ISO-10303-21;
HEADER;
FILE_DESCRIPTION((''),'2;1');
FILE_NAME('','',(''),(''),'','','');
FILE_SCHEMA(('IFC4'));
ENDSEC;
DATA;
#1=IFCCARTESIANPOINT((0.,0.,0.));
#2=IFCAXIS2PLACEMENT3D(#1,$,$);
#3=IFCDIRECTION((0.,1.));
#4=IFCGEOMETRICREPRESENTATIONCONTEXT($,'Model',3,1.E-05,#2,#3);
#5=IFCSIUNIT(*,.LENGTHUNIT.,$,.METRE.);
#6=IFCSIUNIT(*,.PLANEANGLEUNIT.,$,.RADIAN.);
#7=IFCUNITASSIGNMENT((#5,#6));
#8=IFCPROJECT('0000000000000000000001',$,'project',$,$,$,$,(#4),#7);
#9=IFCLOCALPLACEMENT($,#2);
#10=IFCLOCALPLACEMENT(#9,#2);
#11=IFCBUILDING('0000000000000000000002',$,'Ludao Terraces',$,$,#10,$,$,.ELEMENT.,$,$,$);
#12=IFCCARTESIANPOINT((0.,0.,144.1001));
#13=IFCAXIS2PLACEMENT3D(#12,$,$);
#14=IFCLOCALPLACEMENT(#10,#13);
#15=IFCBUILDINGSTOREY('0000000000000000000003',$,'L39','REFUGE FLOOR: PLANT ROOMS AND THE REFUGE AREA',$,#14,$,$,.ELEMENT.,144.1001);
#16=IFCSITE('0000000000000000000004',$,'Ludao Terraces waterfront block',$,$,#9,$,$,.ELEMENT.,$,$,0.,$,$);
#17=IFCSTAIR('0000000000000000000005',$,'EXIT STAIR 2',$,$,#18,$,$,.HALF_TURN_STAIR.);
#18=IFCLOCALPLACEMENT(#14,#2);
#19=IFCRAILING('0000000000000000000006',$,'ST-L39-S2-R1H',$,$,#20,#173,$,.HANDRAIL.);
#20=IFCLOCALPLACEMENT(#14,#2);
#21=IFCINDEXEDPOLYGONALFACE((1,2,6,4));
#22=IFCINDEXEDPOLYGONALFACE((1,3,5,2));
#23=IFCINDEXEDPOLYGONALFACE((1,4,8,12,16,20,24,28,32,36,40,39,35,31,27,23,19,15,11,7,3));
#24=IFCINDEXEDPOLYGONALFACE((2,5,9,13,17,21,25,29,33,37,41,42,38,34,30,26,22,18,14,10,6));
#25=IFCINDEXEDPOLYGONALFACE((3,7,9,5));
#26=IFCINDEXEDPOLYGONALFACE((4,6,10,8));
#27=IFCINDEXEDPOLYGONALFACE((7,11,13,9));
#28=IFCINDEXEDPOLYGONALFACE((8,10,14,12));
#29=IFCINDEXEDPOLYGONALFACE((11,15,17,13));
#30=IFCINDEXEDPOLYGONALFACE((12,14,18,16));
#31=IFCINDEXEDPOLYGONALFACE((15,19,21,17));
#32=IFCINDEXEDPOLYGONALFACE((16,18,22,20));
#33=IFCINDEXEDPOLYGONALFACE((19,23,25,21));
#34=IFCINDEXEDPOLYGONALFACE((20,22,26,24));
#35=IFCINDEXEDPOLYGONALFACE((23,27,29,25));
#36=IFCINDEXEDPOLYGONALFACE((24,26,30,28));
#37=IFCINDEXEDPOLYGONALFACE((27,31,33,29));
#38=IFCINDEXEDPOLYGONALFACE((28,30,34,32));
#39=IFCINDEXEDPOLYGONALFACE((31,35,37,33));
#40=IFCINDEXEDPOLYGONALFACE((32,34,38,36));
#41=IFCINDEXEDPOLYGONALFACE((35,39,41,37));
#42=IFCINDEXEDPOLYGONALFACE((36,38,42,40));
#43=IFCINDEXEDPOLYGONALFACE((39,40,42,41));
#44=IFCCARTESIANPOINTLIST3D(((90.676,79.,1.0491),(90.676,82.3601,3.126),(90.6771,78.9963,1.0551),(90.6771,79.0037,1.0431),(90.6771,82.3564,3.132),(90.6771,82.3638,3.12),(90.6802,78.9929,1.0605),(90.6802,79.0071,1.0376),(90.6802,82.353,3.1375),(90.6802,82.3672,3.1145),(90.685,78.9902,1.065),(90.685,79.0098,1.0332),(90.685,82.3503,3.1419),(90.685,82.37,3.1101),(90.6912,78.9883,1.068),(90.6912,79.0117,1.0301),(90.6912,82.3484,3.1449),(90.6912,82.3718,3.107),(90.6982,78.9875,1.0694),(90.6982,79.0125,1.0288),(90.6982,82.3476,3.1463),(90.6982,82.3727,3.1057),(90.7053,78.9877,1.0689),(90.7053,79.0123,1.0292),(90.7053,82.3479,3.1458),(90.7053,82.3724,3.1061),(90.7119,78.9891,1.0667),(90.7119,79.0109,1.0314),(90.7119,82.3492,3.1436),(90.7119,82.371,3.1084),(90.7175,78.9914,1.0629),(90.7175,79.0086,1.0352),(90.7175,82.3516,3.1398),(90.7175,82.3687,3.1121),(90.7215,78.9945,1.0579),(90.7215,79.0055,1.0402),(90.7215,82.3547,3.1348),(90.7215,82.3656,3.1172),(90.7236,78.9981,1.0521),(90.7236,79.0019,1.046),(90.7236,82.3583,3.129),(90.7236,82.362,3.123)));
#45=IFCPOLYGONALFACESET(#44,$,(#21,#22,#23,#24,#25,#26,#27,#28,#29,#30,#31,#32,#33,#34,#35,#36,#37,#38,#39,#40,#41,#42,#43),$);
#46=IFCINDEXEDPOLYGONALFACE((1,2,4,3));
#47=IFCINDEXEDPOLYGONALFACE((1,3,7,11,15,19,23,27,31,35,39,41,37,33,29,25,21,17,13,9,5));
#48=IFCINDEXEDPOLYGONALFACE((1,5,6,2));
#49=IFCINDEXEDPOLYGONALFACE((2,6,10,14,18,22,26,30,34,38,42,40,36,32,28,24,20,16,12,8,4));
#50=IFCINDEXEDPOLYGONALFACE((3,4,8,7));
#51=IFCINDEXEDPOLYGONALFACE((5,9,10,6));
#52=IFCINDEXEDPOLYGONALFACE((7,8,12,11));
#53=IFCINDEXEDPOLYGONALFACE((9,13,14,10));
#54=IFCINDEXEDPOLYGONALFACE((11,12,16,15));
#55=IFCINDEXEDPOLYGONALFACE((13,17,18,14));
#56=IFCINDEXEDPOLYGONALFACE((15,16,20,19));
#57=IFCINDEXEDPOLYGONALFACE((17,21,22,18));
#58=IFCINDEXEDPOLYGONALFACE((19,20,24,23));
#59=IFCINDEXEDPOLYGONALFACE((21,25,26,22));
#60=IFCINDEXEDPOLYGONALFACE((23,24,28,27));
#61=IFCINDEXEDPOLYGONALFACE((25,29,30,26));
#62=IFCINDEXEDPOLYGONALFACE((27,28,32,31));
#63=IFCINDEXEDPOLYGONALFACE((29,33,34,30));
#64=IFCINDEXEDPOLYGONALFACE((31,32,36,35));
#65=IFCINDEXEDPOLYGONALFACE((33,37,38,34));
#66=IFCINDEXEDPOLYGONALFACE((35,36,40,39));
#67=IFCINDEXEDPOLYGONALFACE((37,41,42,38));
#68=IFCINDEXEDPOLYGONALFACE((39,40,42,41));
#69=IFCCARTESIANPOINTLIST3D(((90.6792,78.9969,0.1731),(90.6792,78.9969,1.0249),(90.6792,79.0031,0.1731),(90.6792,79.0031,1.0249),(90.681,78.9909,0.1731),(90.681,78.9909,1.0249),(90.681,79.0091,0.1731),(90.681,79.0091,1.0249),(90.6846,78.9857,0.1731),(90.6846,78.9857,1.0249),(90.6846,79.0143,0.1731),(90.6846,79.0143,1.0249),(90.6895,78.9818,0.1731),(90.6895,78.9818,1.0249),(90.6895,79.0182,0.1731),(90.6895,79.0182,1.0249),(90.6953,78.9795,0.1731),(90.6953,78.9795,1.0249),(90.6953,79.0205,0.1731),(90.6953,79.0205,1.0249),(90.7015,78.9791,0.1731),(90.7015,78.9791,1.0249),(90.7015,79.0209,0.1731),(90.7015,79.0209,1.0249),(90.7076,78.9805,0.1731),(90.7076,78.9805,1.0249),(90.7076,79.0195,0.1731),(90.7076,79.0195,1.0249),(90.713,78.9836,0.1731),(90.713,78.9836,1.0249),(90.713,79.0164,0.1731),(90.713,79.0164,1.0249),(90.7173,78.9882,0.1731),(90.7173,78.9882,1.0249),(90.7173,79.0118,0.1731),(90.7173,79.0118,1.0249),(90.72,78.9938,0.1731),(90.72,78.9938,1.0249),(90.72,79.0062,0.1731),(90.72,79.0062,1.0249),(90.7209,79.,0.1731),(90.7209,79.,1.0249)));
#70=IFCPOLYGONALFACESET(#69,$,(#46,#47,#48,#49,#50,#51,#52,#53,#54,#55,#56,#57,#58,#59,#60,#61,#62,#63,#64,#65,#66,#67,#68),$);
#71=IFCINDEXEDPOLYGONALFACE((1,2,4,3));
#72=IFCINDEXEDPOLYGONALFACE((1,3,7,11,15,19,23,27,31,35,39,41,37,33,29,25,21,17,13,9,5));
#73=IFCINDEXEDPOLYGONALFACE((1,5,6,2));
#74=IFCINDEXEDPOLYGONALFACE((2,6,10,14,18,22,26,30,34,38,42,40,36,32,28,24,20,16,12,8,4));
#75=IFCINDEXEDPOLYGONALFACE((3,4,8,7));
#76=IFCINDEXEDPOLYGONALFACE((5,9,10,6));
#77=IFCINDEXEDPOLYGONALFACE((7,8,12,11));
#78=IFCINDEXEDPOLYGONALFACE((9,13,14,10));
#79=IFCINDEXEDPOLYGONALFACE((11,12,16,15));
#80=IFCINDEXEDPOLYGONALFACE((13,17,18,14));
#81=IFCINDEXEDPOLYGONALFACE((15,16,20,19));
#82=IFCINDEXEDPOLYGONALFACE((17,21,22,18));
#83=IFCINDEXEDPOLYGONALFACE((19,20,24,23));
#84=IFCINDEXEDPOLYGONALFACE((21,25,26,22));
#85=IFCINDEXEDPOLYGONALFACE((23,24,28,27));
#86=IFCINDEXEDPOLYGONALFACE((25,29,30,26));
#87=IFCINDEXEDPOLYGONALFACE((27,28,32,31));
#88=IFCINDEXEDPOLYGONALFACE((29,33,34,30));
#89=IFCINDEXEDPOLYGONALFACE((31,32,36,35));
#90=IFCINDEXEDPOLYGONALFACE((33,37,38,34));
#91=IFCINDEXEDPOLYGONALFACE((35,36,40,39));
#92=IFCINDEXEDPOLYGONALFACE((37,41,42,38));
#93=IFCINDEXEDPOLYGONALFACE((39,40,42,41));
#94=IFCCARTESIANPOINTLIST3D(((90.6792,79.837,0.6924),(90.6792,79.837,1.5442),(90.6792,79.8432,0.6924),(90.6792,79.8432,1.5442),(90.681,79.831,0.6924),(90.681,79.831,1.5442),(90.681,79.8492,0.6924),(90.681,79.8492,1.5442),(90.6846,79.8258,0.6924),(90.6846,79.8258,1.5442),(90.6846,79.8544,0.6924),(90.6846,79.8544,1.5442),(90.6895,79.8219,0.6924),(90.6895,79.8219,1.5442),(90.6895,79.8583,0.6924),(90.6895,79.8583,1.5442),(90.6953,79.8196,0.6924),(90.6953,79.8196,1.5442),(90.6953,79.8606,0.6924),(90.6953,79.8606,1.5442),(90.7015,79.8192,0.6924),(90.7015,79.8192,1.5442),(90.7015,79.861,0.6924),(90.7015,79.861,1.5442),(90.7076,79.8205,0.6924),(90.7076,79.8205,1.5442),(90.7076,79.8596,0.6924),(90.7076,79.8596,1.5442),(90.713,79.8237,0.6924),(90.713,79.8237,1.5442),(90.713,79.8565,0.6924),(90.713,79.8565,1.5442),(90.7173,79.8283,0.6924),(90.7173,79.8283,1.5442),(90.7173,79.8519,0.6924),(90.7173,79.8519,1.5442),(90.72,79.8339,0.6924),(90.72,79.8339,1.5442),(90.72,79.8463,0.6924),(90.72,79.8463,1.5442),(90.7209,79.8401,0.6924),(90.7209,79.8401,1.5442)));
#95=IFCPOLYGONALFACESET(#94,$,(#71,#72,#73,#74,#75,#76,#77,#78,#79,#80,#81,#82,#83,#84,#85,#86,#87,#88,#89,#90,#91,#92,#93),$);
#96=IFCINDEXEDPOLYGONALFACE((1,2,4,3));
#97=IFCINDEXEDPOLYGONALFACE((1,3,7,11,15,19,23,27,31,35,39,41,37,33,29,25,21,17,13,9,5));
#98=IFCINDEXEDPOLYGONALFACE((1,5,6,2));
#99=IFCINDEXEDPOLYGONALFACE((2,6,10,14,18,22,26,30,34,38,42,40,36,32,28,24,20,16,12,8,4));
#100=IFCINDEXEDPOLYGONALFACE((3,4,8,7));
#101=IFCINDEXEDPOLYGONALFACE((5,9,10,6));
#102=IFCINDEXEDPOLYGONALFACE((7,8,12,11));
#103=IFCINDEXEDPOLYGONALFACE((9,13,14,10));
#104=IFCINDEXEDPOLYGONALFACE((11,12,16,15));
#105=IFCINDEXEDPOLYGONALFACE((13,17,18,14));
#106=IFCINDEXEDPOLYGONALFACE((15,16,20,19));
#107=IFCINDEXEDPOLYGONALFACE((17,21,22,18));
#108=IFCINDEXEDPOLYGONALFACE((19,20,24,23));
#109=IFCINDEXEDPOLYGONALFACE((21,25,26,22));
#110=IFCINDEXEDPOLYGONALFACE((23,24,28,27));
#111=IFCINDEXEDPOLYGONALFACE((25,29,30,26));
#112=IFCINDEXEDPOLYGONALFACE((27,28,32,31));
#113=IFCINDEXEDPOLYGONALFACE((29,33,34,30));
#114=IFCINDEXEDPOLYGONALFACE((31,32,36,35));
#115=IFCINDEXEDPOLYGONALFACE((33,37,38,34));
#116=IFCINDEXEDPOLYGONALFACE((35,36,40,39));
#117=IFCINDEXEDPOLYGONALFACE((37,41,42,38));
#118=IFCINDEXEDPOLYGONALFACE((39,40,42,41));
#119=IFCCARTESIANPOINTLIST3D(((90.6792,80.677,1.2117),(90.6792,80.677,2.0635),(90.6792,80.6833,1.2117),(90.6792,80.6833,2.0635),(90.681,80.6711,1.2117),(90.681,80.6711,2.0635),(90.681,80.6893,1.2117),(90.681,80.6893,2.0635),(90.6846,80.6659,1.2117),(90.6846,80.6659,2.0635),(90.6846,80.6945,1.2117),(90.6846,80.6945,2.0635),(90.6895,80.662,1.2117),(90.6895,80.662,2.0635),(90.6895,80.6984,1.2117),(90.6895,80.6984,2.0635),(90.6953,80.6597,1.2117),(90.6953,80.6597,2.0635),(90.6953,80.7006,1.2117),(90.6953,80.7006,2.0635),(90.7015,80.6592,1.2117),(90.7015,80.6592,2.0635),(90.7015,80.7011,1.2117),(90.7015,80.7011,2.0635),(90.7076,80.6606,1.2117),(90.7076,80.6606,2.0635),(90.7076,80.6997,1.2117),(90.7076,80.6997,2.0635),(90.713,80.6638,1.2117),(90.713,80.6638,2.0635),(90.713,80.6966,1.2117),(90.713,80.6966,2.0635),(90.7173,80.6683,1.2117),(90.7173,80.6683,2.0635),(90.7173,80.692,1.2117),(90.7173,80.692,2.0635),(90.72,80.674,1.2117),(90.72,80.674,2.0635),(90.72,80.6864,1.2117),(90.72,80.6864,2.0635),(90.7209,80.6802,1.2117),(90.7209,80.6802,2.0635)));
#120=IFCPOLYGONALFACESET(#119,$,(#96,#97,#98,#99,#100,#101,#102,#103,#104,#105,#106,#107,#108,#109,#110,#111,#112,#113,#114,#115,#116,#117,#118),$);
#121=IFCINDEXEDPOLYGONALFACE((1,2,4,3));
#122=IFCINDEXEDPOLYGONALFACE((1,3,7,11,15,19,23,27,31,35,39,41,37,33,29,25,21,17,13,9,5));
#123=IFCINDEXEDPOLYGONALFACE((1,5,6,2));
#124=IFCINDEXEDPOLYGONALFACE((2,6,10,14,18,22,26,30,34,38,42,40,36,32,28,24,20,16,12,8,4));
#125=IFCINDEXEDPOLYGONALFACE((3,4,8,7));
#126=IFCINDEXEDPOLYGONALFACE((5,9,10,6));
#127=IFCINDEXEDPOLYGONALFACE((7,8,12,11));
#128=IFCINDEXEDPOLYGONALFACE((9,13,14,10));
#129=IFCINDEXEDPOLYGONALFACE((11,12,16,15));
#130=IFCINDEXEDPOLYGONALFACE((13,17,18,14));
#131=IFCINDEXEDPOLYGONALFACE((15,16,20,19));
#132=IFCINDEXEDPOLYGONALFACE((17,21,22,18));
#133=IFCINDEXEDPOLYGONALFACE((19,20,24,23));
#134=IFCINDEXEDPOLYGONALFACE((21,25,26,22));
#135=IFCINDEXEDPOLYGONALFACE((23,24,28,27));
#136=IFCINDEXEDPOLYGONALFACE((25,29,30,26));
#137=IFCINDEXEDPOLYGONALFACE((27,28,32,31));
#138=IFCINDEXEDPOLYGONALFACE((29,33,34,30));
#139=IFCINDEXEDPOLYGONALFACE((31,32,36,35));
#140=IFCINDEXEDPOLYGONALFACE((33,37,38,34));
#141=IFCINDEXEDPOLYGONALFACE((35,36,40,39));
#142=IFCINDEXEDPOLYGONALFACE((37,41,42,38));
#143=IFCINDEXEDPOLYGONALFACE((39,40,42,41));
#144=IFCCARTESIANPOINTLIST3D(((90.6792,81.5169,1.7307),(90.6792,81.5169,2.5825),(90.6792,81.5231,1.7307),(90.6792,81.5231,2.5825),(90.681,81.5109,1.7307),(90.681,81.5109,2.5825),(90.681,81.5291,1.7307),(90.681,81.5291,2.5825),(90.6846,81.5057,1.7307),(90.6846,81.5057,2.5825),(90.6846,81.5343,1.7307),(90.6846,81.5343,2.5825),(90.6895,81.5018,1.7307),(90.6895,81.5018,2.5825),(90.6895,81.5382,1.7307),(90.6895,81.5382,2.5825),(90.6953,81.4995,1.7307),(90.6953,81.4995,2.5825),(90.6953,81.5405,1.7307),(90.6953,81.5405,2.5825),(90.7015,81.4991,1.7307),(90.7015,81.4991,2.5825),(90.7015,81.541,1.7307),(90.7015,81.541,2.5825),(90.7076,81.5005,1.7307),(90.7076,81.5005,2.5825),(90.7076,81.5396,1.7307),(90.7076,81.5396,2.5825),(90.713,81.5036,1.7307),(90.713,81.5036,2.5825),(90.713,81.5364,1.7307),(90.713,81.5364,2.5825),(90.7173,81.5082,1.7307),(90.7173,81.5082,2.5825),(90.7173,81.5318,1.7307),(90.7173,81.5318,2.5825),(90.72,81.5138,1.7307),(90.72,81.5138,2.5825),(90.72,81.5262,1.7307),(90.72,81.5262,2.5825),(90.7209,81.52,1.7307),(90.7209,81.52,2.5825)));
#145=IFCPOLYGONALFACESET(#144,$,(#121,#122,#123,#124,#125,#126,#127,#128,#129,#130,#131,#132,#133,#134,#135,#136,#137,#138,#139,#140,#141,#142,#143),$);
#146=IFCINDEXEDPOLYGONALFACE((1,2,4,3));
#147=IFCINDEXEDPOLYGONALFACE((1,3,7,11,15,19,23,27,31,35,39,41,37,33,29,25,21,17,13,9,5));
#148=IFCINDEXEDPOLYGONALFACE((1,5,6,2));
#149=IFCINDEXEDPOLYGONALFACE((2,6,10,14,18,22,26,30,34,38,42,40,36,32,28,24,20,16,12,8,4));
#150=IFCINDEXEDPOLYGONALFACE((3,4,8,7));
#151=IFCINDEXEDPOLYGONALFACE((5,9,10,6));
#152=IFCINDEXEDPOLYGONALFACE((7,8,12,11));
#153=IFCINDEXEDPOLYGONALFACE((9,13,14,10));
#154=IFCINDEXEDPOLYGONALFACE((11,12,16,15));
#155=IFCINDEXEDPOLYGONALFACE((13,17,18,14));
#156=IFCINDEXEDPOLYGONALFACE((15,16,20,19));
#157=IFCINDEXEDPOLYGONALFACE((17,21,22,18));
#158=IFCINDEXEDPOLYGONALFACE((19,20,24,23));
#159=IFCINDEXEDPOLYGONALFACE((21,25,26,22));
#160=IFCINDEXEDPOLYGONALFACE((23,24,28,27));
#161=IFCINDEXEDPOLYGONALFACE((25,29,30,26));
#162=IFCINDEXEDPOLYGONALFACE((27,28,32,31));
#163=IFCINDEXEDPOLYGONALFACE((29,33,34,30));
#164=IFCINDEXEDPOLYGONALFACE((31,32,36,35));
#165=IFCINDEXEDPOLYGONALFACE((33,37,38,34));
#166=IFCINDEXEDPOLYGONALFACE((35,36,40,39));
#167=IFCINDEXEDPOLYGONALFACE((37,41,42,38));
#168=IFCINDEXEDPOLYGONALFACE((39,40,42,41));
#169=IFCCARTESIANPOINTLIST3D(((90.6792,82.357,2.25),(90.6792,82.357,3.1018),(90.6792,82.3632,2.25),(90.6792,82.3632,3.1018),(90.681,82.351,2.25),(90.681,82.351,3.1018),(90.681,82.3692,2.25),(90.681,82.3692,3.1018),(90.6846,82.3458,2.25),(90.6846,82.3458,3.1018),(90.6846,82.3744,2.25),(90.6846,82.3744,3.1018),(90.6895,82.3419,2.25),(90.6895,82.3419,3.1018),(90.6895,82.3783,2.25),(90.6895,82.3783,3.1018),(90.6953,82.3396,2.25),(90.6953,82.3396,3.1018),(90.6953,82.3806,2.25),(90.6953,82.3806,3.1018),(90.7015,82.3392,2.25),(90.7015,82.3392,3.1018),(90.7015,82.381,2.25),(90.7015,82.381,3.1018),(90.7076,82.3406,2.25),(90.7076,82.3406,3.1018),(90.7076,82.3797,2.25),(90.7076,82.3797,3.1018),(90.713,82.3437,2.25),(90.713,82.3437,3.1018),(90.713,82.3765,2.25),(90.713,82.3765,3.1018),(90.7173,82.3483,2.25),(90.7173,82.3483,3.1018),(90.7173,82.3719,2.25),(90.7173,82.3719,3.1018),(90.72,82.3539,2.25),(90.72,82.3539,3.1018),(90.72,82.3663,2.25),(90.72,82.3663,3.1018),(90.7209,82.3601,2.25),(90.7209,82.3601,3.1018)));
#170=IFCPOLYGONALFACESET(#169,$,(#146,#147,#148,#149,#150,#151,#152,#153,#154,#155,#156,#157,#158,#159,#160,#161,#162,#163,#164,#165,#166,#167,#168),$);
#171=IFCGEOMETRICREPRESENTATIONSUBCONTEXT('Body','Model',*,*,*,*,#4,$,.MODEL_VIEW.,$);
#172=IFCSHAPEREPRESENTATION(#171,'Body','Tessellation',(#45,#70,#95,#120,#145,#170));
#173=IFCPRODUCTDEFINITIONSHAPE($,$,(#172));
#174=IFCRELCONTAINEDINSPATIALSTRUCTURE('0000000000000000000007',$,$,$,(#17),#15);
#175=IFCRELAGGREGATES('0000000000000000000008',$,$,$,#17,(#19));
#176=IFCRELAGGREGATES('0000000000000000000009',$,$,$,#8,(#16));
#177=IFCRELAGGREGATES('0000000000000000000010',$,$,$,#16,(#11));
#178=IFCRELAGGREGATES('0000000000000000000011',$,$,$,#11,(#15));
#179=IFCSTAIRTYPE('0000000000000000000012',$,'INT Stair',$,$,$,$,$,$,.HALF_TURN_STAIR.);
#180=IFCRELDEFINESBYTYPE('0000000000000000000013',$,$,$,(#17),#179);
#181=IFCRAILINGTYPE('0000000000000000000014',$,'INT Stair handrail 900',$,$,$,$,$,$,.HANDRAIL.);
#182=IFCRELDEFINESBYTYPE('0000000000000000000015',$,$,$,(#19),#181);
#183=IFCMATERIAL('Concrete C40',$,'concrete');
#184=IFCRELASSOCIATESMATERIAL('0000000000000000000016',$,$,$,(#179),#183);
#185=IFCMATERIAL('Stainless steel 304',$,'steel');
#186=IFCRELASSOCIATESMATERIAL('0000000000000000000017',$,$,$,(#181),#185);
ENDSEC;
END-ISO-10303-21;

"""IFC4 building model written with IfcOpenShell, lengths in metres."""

from ifc_helpers import new_model, si_unit, direction, frame, origin, origin_2d, place, context, subcontext, project, spatial, circle, extrude, material, type_object, element, aggregate, save


model = new_model("IFC4")

# Units and contexts
model_context = context("Model", 3, precision=1e-05, world=origin(), true_north=direction((0.0, 1.0)))
body_context = subcontext(model_context, "Body", "Model", "MODEL_VIEW")
ifc_project = project(units=[si_unit("LENGTHUNIT", "METRE"), si_unit("PLANEANGLEUNIT", "RADIAN")], contexts=[model_context])

# Site, building, storey
site_placement = place(None, origin())
site = spatial("IfcSite", under=ifc_project, at=site_placement, Name="Ludao Terraces waterfront block", CompositionType="ELEMENT", RefElevation=0.0)
building_placement = place(site_placement, origin())
building = spatial("IfcBuilding", under=site, at=building_placement, Name="Ludao Terraces", CompositionType="ELEMENT")
storey_placement = place(building_placement, frame((0.0, 0.0, 144.1001)))
storey = spatial("IfcBuildingStorey", under=building, at=storey_placement, Name="L39", Description="REFUGE FLOOR: PLANT ROOMS AND THE REFUGE AREA", CompositionType="ELEMENT", Elevation=144.1001)

# Shared definitions
ifc_material_1 = material(Name="Stainless steel 304", Category="steel")

# Stair, railing
ifc_material_2 = material(Name="Concrete C40", Category="concrete")
stair_type = type_object("IfcStairType", Name="INT Stair", PredefinedType="HALF_TURN_STAIR", material=ifc_material_2)
stair_placement = place(storey_placement, origin())
stair = element("IfcStair", 1, at=stair_placement, inside=storey, type_object=stair_type, Name="EXIT STAIR 2", PredefinedType="HALF_TURN_STAIR")
railing_type_1 = type_object("IfcRailingType", Name="INT Stair handrail 900", PredefinedType="HANDRAIL", material=ifc_material_1)
railing_1_placement = place(storey_placement, frame((90.7, 79.0, 0.1731)))
railing_1 = element("IfcRailing", 2, at=railing_1_placement, type_object=railing_type_1, Name="ST-L39-S2-R1H", PredefinedType="HANDRAIL", context=body_context, shape_type="SweptSolid", body=[
    extrude(circle(Radius=0.0239, at=origin_2d()), frame((0.0, 0.0, 0.876), z_axis=(0.0, 0.850623, 0.525776), x_axis=(-1.0, 0.0, 0.0)), (0.0, 0.0, 1.0), 3.9502),
    extrude(circle(Radius=0.021, at=origin_2d()), origin(), (0.0, 0.0, 1.0), 0.8518),
    extrude(circle(Radius=0.021, at=origin_2d()), frame((0.0, 0.8401, 0.5193)), (0.0, 0.0, 1.0), 0.8518),
    extrude(circle(Radius=0.021, at=origin_2d()), frame((0.0, 1.6802, 1.0386)), (0.0, 0.0, 1.0), 0.8518),
    extrude(circle(Radius=0.021, at=origin_2d()), frame((0.0, 2.52, 1.5576)), (0.0, 0.0, 1.0), 0.8518),
    extrude(circle(Radius=0.021, at=origin_2d()), frame((0.0, 3.3601, 2.0769)), (0.0, 0.0, 1.0), 0.8518),
])
aggregate(stair, [railing_1])

save(model, "model.ifc")
